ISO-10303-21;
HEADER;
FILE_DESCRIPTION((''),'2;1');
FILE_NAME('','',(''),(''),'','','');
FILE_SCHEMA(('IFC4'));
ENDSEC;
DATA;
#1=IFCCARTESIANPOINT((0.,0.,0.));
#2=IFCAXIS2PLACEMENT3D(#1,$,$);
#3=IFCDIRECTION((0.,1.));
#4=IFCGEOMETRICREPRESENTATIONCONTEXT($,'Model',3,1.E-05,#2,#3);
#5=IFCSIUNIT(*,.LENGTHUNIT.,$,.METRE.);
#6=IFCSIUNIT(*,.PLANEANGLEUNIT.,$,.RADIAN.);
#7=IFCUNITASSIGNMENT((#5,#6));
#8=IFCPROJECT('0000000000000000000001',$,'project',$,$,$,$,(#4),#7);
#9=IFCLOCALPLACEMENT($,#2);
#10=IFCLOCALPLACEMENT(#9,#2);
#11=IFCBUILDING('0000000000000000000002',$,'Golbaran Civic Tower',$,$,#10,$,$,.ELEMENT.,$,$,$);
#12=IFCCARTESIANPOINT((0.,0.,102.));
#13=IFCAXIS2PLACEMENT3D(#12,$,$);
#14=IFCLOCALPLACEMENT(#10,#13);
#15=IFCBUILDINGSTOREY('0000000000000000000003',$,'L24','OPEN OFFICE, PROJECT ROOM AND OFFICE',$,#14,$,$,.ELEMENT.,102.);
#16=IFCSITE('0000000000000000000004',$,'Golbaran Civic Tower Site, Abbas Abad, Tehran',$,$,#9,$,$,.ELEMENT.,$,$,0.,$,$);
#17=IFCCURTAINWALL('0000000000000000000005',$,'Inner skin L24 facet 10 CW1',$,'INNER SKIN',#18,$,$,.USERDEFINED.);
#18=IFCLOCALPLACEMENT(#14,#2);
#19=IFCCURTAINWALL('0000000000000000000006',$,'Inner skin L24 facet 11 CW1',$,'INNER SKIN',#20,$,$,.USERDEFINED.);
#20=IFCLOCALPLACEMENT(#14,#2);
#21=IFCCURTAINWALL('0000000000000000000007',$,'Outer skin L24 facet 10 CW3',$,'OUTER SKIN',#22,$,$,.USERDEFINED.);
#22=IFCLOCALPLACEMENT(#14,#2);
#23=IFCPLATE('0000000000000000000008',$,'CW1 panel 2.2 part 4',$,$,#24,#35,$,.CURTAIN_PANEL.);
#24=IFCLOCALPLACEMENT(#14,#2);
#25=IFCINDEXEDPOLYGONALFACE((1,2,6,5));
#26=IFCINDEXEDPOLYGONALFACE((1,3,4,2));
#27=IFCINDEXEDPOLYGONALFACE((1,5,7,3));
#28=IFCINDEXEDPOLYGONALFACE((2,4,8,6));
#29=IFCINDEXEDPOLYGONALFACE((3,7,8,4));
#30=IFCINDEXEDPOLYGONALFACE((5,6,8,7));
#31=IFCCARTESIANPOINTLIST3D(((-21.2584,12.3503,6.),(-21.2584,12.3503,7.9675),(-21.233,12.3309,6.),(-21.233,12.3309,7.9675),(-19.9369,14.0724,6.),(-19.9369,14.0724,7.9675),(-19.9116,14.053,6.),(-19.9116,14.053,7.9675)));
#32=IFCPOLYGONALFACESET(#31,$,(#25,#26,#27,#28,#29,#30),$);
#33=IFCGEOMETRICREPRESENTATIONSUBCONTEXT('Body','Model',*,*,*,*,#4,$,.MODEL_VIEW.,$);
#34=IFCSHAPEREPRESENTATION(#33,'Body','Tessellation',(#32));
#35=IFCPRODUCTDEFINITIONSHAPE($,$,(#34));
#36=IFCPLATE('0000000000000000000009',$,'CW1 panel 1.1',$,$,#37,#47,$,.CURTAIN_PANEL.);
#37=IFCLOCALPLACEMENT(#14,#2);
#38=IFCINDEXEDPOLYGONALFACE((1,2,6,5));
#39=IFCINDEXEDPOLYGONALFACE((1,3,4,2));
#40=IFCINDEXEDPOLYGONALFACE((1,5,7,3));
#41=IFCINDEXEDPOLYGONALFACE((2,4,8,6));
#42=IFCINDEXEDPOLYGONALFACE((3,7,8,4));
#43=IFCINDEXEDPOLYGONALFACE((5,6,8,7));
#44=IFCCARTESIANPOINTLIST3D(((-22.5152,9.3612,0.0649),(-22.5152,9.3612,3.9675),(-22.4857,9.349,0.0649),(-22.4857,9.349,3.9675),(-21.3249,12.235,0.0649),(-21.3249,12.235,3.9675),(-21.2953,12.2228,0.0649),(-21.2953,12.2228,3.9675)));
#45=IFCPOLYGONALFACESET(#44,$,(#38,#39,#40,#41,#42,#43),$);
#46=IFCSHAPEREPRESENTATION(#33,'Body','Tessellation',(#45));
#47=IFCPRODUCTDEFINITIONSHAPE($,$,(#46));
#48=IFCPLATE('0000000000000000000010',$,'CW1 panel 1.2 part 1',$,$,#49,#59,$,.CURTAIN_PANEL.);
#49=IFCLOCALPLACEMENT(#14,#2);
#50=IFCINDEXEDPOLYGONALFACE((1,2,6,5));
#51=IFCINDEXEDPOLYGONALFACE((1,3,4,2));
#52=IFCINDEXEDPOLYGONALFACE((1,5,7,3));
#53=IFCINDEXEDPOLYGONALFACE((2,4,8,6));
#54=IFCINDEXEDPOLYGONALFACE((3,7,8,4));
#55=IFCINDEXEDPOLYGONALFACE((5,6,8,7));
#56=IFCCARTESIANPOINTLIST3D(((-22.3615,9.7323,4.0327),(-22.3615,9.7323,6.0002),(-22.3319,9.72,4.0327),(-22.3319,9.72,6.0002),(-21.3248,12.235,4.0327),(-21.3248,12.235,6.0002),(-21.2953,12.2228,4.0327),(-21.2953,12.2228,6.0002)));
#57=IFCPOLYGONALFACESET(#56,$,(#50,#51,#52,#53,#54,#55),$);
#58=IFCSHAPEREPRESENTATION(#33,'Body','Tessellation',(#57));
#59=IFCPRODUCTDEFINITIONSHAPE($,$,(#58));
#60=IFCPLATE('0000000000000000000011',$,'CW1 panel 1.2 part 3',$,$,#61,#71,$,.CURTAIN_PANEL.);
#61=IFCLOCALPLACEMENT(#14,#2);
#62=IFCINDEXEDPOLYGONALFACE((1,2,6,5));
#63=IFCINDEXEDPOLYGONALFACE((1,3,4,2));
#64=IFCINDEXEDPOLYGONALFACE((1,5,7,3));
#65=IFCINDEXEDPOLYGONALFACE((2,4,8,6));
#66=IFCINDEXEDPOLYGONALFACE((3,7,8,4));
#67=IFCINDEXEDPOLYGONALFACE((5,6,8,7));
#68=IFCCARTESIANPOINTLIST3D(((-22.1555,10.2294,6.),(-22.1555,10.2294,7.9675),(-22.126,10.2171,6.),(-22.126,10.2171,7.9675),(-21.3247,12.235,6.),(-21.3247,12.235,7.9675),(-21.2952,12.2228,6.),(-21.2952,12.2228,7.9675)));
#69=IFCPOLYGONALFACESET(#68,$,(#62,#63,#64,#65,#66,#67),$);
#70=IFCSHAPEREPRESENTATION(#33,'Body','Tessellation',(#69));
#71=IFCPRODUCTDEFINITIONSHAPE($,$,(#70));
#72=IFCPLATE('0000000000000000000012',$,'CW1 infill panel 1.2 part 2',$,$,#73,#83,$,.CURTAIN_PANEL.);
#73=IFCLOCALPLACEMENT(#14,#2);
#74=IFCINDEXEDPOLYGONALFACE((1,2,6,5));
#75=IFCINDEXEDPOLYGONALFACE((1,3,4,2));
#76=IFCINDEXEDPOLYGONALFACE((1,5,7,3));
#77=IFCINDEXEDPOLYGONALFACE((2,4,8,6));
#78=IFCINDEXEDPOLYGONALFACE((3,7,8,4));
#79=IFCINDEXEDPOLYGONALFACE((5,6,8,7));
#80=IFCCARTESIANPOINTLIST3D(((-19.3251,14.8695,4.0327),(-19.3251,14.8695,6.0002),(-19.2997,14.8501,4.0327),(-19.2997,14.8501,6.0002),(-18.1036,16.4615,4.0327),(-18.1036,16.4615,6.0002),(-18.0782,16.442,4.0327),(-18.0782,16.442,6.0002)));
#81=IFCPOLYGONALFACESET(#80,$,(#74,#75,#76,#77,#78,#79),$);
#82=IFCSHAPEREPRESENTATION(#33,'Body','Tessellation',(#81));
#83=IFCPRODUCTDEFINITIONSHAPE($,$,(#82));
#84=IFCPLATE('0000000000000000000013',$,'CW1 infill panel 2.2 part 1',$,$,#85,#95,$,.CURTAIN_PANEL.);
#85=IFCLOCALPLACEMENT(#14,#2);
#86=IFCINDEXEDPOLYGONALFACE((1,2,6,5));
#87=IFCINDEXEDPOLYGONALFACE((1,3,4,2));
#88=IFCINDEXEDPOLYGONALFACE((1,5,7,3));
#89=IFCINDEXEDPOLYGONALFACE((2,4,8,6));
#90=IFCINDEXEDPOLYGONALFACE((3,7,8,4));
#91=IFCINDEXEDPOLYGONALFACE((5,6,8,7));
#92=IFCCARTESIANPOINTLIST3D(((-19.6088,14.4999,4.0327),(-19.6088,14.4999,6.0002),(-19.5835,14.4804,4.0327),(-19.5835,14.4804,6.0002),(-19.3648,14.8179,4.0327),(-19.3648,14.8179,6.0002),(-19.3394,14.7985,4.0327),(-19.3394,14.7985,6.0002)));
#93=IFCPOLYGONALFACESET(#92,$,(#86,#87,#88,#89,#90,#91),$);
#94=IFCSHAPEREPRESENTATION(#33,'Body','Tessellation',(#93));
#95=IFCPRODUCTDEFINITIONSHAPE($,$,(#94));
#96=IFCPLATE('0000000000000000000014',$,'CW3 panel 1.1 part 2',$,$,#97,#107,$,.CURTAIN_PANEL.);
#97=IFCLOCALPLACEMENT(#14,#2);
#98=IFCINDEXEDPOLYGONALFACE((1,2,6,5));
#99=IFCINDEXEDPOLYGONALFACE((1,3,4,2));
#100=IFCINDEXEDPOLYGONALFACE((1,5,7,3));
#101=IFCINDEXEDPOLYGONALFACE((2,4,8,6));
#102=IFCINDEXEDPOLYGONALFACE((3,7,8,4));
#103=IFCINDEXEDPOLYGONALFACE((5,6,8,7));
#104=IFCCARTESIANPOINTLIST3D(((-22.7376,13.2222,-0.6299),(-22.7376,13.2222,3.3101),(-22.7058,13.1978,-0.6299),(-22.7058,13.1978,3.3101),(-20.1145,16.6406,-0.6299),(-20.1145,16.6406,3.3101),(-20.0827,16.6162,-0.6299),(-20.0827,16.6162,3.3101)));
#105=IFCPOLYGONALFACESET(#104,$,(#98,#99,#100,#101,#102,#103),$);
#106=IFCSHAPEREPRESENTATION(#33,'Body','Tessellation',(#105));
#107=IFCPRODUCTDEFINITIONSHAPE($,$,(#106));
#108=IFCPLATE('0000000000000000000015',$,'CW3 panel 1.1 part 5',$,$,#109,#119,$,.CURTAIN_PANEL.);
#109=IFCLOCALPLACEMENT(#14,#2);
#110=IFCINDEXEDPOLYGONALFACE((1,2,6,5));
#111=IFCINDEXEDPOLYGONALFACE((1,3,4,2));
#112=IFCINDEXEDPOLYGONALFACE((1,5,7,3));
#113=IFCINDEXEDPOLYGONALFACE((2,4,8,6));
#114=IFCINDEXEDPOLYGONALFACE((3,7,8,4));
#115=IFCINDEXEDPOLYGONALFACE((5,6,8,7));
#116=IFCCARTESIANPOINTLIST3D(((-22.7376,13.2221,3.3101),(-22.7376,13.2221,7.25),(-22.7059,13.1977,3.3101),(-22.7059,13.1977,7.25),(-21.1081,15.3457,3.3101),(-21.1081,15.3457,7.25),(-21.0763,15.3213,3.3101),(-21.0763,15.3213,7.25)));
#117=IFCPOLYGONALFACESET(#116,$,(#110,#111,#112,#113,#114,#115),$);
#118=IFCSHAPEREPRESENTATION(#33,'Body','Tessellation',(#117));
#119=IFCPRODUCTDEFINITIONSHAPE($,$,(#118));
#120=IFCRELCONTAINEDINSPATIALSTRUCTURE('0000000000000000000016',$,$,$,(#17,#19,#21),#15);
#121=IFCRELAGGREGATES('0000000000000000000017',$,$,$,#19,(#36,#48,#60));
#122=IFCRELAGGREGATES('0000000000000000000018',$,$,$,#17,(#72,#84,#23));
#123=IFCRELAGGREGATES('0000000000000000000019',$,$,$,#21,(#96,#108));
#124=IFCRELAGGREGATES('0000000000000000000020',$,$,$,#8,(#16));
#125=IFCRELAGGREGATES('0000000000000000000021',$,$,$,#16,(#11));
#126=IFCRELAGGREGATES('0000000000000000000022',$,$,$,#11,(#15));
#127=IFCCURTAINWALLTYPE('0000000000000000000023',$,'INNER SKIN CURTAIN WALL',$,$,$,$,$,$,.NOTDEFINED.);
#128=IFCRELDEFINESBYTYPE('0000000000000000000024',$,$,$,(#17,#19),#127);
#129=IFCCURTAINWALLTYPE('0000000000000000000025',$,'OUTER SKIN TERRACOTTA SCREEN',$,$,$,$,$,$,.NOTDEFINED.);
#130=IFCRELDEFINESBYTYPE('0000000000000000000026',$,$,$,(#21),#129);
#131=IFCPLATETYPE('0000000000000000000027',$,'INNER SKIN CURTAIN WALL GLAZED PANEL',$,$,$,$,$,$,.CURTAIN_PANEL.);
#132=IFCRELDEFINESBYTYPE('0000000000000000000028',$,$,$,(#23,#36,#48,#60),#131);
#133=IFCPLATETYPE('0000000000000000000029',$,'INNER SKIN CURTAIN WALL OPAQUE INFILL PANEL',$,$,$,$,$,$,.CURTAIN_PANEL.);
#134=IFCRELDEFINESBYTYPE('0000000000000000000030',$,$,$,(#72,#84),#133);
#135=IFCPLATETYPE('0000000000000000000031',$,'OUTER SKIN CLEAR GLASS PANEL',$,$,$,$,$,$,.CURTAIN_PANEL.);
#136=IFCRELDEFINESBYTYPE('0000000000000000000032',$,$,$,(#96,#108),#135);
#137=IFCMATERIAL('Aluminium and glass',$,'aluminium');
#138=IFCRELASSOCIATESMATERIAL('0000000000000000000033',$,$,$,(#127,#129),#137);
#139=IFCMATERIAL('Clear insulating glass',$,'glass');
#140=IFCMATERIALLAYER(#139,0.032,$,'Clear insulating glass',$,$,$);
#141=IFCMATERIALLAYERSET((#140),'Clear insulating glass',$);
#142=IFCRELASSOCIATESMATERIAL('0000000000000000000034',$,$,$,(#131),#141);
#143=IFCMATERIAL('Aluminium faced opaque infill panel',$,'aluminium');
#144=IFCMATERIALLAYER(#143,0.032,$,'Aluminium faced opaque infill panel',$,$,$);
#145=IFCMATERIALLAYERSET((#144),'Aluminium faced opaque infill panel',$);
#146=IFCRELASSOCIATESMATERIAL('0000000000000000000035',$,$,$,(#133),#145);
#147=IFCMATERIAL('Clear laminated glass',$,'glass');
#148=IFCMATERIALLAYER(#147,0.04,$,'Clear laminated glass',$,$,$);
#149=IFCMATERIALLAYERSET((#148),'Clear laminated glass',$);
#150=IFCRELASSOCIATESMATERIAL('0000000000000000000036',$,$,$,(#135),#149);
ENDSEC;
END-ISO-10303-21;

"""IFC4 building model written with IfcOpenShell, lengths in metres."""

from ifc_helpers import new_model, si_unit, direction, frame, origin, origin_2d, place, context, subcontext, project, spatial, rectangle, extrude, material, layer, layer_set, type_object, element, aggregate, save


model = new_model("IFC4")

# Units and contexts
model_context = context("Model", 3, precision=1e-05, world=origin(), true_north=direction((0.0, 1.0)))
body_context = subcontext(model_context, "Body", "Model", "MODEL_VIEW")
ifc_project = project(units=[si_unit("LENGTHUNIT", "METRE"), si_unit("PLANEANGLEUNIT", "RADIAN")], contexts=[model_context])

# Site, building, storey
site_placement = place(None, origin())
site = spatial("IfcSite", under=ifc_project, at=site_placement, Name="Golbaran Civic Tower Site, Abbas Abad, Tehran", CompositionType="ELEMENT", RefElevation=0.0)
building_placement = place(site_placement, origin())
building = spatial("IfcBuilding", under=site, at=building_placement, Name="Golbaran Civic Tower", CompositionType="ELEMENT")
storey_placement = place(building_placement, frame((0.0, 0.0, 102.0)))
storey = spatial("IfcBuildingStorey", under=building, at=storey_placement, Name="L24", Description="OPEN OFFICE, PROJECT ROOM AND OFFICE", CompositionType="ELEMENT", Elevation=102.0)

# Curtain wall
ifc_material_1 = material(Name="Aluminium and glass", Category="aluminium")
curtain_wall_type_1 = type_object("IfcCurtainWallType", Name="INNER SKIN CURTAIN WALL", PredefinedType="NOTDEFINED", material=ifc_material_1)
curtain_wall_1_placement = place(storey_placement, origin())
curtain_wall_1 = element("IfcCurtainWall", 1, at=curtain_wall_1_placement, inside=storey, type_object=curtain_wall_type_1, Name="Inner skin L24 facet 10 CW1", ObjectType="INNER SKIN", PredefinedType="USERDEFINED")

# Curtain wall
curtain_wall_2_placement = place(storey_placement, origin())
curtain_wall_2 = element("IfcCurtainWall", 2, at=curtain_wall_2_placement, inside=storey, type_object=curtain_wall_type_1, Name="Inner skin L24 facet 11 CW1", ObjectType="INNER SKIN", PredefinedType="USERDEFINED")

# Curtain wall
curtain_wall_type_2 = type_object("IfcCurtainWallType", Name="OUTER SKIN TERRACOTTA SCREEN", PredefinedType="NOTDEFINED", material=ifc_material_1)
curtain_wall_3_placement = place(storey_placement, origin())
curtain_wall_3 = element("IfcCurtainWall", 3, at=curtain_wall_3_placement, inside=storey, type_object=curtain_wall_type_2, Name="Outer skin L24 facet 10 CW3", ObjectType="OUTER SKIN", PredefinedType="USERDEFINED")

# Plates
ifc_material_2 = material(Name="Clear insulating glass", Category="glass")
ifc_layer_1 = layer(ifc_material_2, 0.032, Name="Clear insulating glass")
ifc_layer_set_1 = layer_set([ifc_layer_1], Name="Clear insulating glass")
plate_type_1 = type_object("IfcPlateType", Name="INNER SKIN CURTAIN WALL GLAZED PANEL", PredefinedType="CURTAIN_PANEL", material=ifc_layer_set_1)
plate_1_placement = place(storey_placement, frame((-20.585, 13.2017, 6.0), z_axis=(0.0, 0.0, 1.0), x_axis=(-0.608761, -0.793353, 0.0)))
plate_1 = element("IfcPlate", 4, at=plate_1_placement, type_object=plate_type_1, Name="CW1 panel 2.2 part 4", PredefinedType="CURTAIN_PANEL", context=body_context, shape_type="SweptSolid", body=[
    extrude(rectangle(XDim=2.1707, YDim=0.032, at=origin_2d()), origin(), (0.0, 0.0, 1.0), 1.9675),
])
plate_2_placement = place(storey_placement, frame((-21.9053, 10.792, 0.0649), z_axis=(0.0, 0.0, 1.0), x_axis=(-0.382683, -0.92388, 0.0)))
plate_2 = element("IfcPlate", 5, at=plate_2_placement, type_object=plate_type_1, Name="CW1 panel 1.1", PredefinedType="CURTAIN_PANEL", context=body_context, shape_type="SweptSolid", body=[
    extrude(rectangle(XDim=3.1106, YDim=0.032, at=origin_2d()), origin(), (0.0, 0.0, 1.0), 3.9026),
])
plate_3_placement = place(storey_placement, frame((-21.8284, 10.9775, 4.0327), z_axis=(0.0, 0.0, 1.0), x_axis=(-0.382683, -0.92388, 0.0)))
plate_3 = element("IfcPlate", 6, at=plate_3_placement, type_object=plate_type_1, Name="CW1 panel 1.2 part 1", PredefinedType="CURTAIN_PANEL", context=body_context, shape_type="SweptSolid", body=[
    extrude(rectangle(XDim=2.709, YDim=0.032, at=origin_2d()), origin(), (0.0, 0.0, 1.0), 1.9675),
])
plate_4_placement = place(storey_placement, frame((-21.7253, 11.2261, 6.0), z_axis=(0.0, 0.0, 1.0), x_axis=(-0.382683, -0.92388, 0.0)))
plate_4 = element("IfcPlate", 7, at=plate_4_placement, type_object=plate_type_1, Name="CW1 panel 1.2 part 3", PredefinedType="CURTAIN_PANEL", context=body_context, shape_type="SweptSolid", body=[
    extrude(rectangle(XDim=2.1709, YDim=0.032, at=origin_2d()), origin(), (0.0, 0.0, 1.0), 1.9675),
])
aggregate(curtain_wall_2, [plate_2, plate_3, plate_4])
ifc_material_3 = material(Name="Aluminium faced opaque infill panel", Category="aluminium")
ifc_layer_2 = layer(ifc_material_3, 0.032, Name="Aluminium faced opaque infill panel")
ifc_layer_set_2 = layer_set([ifc_layer_2], Name="Aluminium faced opaque infill panel")
plate_type_2 = type_object("IfcPlateType", Name="INNER SKIN CURTAIN WALL OPAQUE INFILL PANEL", PredefinedType="CURTAIN_PANEL", material=ifc_layer_set_2)
plate_5_placement = place(storey_placement, frame((-18.7017, 15.6558, 4.0327), z_axis=(0.0, 0.0, 1.0), x_axis=(-0.608761, -0.793353, 0.0)))
plate_5 = element("IfcPlate", 8, at=plate_5_placement, type_object=plate_type_2, Name="CW1 infill panel 1.2 part 2", PredefinedType="CURTAIN_PANEL", context=body_context, shape_type="SweptSolid", body=[
    extrude(rectangle(XDim=2.0066, YDim=0.032, at=origin_2d()), origin(), (0.0, 0.0, 1.0), 1.9675),
])
plate_6_placement = place(storey_placement, frame((-19.4741, 14.6492, 4.0327), z_axis=(0.0, 0.0, 1.0), x_axis=(-0.608761, -0.793353, 0.0)))
plate_6 = element("IfcPlate", 9, at=plate_6_placement, type_object=plate_type_2, Name="CW1 infill panel 2.2 part 1", PredefinedType="CURTAIN_PANEL", context=body_context, shape_type="SweptSolid", body=[
    extrude(rectangle(XDim=0.4009, YDim=0.032, at=origin_2d()), origin(), (0.0, 0.0, 1.0), 1.9675),
])
aggregate(curtain_wall_1, [plate_5, plate_6, plate_1])
ifc_material_4 = material(Name="Clear laminated glass", Category="glass")
ifc_layer_3 = layer(ifc_material_4, 0.04, Name="Clear laminated glass")
ifc_layer_set_3 = layer_set([ifc_layer_3], Name="Clear laminated glass")
plate_type_3 = type_object("IfcPlateType", Name="OUTER SKIN CLEAR GLASS PANEL", PredefinedType="CURTAIN_PANEL", material=ifc_layer_set_3)
plate_7_placement = place(storey_placement, frame((-21.4102, 14.9192, -0.6299), z_axis=(0.0, 0.0, 1.0), x_axis=(-0.608761, -0.793353, 0.0)))
plate_7 = element("IfcPlate", 10, at=plate_7_placement, type_object=plate_type_3, Name="CW3 panel 1.1 part 2", PredefinedType="CURTAIN_PANEL", context=body_context, shape_type="SweptSolid", body=[
    extrude(rectangle(XDim=4.3088, YDim=0.04, at=origin_2d()), origin(), (0.0, 0.0, 1.0), 3.9399),
])
plate_8_placement = place(storey_placement, frame((-21.907, 14.2717, 3.3101), z_axis=(0.0, 0.0, 1.0), x_axis=(-0.608761, -0.793353, 0.0)))
plate_8 = element("IfcPlate", 11, at=plate_8_placement, type_object=plate_type_3, Name="CW3 panel 1.1 part 5", PredefinedType="CURTAIN_PANEL", context=body_context, shape_type="SweptSolid", body=[
    extrude(rectangle(XDim=2.6768, YDim=0.04, at=origin_2d()), origin(), (0.0, 0.0, 1.0), 3.9399),
])
aggregate(curtain_wall_3, [plate_7, plate_8])

save(model, "model.ifc")
